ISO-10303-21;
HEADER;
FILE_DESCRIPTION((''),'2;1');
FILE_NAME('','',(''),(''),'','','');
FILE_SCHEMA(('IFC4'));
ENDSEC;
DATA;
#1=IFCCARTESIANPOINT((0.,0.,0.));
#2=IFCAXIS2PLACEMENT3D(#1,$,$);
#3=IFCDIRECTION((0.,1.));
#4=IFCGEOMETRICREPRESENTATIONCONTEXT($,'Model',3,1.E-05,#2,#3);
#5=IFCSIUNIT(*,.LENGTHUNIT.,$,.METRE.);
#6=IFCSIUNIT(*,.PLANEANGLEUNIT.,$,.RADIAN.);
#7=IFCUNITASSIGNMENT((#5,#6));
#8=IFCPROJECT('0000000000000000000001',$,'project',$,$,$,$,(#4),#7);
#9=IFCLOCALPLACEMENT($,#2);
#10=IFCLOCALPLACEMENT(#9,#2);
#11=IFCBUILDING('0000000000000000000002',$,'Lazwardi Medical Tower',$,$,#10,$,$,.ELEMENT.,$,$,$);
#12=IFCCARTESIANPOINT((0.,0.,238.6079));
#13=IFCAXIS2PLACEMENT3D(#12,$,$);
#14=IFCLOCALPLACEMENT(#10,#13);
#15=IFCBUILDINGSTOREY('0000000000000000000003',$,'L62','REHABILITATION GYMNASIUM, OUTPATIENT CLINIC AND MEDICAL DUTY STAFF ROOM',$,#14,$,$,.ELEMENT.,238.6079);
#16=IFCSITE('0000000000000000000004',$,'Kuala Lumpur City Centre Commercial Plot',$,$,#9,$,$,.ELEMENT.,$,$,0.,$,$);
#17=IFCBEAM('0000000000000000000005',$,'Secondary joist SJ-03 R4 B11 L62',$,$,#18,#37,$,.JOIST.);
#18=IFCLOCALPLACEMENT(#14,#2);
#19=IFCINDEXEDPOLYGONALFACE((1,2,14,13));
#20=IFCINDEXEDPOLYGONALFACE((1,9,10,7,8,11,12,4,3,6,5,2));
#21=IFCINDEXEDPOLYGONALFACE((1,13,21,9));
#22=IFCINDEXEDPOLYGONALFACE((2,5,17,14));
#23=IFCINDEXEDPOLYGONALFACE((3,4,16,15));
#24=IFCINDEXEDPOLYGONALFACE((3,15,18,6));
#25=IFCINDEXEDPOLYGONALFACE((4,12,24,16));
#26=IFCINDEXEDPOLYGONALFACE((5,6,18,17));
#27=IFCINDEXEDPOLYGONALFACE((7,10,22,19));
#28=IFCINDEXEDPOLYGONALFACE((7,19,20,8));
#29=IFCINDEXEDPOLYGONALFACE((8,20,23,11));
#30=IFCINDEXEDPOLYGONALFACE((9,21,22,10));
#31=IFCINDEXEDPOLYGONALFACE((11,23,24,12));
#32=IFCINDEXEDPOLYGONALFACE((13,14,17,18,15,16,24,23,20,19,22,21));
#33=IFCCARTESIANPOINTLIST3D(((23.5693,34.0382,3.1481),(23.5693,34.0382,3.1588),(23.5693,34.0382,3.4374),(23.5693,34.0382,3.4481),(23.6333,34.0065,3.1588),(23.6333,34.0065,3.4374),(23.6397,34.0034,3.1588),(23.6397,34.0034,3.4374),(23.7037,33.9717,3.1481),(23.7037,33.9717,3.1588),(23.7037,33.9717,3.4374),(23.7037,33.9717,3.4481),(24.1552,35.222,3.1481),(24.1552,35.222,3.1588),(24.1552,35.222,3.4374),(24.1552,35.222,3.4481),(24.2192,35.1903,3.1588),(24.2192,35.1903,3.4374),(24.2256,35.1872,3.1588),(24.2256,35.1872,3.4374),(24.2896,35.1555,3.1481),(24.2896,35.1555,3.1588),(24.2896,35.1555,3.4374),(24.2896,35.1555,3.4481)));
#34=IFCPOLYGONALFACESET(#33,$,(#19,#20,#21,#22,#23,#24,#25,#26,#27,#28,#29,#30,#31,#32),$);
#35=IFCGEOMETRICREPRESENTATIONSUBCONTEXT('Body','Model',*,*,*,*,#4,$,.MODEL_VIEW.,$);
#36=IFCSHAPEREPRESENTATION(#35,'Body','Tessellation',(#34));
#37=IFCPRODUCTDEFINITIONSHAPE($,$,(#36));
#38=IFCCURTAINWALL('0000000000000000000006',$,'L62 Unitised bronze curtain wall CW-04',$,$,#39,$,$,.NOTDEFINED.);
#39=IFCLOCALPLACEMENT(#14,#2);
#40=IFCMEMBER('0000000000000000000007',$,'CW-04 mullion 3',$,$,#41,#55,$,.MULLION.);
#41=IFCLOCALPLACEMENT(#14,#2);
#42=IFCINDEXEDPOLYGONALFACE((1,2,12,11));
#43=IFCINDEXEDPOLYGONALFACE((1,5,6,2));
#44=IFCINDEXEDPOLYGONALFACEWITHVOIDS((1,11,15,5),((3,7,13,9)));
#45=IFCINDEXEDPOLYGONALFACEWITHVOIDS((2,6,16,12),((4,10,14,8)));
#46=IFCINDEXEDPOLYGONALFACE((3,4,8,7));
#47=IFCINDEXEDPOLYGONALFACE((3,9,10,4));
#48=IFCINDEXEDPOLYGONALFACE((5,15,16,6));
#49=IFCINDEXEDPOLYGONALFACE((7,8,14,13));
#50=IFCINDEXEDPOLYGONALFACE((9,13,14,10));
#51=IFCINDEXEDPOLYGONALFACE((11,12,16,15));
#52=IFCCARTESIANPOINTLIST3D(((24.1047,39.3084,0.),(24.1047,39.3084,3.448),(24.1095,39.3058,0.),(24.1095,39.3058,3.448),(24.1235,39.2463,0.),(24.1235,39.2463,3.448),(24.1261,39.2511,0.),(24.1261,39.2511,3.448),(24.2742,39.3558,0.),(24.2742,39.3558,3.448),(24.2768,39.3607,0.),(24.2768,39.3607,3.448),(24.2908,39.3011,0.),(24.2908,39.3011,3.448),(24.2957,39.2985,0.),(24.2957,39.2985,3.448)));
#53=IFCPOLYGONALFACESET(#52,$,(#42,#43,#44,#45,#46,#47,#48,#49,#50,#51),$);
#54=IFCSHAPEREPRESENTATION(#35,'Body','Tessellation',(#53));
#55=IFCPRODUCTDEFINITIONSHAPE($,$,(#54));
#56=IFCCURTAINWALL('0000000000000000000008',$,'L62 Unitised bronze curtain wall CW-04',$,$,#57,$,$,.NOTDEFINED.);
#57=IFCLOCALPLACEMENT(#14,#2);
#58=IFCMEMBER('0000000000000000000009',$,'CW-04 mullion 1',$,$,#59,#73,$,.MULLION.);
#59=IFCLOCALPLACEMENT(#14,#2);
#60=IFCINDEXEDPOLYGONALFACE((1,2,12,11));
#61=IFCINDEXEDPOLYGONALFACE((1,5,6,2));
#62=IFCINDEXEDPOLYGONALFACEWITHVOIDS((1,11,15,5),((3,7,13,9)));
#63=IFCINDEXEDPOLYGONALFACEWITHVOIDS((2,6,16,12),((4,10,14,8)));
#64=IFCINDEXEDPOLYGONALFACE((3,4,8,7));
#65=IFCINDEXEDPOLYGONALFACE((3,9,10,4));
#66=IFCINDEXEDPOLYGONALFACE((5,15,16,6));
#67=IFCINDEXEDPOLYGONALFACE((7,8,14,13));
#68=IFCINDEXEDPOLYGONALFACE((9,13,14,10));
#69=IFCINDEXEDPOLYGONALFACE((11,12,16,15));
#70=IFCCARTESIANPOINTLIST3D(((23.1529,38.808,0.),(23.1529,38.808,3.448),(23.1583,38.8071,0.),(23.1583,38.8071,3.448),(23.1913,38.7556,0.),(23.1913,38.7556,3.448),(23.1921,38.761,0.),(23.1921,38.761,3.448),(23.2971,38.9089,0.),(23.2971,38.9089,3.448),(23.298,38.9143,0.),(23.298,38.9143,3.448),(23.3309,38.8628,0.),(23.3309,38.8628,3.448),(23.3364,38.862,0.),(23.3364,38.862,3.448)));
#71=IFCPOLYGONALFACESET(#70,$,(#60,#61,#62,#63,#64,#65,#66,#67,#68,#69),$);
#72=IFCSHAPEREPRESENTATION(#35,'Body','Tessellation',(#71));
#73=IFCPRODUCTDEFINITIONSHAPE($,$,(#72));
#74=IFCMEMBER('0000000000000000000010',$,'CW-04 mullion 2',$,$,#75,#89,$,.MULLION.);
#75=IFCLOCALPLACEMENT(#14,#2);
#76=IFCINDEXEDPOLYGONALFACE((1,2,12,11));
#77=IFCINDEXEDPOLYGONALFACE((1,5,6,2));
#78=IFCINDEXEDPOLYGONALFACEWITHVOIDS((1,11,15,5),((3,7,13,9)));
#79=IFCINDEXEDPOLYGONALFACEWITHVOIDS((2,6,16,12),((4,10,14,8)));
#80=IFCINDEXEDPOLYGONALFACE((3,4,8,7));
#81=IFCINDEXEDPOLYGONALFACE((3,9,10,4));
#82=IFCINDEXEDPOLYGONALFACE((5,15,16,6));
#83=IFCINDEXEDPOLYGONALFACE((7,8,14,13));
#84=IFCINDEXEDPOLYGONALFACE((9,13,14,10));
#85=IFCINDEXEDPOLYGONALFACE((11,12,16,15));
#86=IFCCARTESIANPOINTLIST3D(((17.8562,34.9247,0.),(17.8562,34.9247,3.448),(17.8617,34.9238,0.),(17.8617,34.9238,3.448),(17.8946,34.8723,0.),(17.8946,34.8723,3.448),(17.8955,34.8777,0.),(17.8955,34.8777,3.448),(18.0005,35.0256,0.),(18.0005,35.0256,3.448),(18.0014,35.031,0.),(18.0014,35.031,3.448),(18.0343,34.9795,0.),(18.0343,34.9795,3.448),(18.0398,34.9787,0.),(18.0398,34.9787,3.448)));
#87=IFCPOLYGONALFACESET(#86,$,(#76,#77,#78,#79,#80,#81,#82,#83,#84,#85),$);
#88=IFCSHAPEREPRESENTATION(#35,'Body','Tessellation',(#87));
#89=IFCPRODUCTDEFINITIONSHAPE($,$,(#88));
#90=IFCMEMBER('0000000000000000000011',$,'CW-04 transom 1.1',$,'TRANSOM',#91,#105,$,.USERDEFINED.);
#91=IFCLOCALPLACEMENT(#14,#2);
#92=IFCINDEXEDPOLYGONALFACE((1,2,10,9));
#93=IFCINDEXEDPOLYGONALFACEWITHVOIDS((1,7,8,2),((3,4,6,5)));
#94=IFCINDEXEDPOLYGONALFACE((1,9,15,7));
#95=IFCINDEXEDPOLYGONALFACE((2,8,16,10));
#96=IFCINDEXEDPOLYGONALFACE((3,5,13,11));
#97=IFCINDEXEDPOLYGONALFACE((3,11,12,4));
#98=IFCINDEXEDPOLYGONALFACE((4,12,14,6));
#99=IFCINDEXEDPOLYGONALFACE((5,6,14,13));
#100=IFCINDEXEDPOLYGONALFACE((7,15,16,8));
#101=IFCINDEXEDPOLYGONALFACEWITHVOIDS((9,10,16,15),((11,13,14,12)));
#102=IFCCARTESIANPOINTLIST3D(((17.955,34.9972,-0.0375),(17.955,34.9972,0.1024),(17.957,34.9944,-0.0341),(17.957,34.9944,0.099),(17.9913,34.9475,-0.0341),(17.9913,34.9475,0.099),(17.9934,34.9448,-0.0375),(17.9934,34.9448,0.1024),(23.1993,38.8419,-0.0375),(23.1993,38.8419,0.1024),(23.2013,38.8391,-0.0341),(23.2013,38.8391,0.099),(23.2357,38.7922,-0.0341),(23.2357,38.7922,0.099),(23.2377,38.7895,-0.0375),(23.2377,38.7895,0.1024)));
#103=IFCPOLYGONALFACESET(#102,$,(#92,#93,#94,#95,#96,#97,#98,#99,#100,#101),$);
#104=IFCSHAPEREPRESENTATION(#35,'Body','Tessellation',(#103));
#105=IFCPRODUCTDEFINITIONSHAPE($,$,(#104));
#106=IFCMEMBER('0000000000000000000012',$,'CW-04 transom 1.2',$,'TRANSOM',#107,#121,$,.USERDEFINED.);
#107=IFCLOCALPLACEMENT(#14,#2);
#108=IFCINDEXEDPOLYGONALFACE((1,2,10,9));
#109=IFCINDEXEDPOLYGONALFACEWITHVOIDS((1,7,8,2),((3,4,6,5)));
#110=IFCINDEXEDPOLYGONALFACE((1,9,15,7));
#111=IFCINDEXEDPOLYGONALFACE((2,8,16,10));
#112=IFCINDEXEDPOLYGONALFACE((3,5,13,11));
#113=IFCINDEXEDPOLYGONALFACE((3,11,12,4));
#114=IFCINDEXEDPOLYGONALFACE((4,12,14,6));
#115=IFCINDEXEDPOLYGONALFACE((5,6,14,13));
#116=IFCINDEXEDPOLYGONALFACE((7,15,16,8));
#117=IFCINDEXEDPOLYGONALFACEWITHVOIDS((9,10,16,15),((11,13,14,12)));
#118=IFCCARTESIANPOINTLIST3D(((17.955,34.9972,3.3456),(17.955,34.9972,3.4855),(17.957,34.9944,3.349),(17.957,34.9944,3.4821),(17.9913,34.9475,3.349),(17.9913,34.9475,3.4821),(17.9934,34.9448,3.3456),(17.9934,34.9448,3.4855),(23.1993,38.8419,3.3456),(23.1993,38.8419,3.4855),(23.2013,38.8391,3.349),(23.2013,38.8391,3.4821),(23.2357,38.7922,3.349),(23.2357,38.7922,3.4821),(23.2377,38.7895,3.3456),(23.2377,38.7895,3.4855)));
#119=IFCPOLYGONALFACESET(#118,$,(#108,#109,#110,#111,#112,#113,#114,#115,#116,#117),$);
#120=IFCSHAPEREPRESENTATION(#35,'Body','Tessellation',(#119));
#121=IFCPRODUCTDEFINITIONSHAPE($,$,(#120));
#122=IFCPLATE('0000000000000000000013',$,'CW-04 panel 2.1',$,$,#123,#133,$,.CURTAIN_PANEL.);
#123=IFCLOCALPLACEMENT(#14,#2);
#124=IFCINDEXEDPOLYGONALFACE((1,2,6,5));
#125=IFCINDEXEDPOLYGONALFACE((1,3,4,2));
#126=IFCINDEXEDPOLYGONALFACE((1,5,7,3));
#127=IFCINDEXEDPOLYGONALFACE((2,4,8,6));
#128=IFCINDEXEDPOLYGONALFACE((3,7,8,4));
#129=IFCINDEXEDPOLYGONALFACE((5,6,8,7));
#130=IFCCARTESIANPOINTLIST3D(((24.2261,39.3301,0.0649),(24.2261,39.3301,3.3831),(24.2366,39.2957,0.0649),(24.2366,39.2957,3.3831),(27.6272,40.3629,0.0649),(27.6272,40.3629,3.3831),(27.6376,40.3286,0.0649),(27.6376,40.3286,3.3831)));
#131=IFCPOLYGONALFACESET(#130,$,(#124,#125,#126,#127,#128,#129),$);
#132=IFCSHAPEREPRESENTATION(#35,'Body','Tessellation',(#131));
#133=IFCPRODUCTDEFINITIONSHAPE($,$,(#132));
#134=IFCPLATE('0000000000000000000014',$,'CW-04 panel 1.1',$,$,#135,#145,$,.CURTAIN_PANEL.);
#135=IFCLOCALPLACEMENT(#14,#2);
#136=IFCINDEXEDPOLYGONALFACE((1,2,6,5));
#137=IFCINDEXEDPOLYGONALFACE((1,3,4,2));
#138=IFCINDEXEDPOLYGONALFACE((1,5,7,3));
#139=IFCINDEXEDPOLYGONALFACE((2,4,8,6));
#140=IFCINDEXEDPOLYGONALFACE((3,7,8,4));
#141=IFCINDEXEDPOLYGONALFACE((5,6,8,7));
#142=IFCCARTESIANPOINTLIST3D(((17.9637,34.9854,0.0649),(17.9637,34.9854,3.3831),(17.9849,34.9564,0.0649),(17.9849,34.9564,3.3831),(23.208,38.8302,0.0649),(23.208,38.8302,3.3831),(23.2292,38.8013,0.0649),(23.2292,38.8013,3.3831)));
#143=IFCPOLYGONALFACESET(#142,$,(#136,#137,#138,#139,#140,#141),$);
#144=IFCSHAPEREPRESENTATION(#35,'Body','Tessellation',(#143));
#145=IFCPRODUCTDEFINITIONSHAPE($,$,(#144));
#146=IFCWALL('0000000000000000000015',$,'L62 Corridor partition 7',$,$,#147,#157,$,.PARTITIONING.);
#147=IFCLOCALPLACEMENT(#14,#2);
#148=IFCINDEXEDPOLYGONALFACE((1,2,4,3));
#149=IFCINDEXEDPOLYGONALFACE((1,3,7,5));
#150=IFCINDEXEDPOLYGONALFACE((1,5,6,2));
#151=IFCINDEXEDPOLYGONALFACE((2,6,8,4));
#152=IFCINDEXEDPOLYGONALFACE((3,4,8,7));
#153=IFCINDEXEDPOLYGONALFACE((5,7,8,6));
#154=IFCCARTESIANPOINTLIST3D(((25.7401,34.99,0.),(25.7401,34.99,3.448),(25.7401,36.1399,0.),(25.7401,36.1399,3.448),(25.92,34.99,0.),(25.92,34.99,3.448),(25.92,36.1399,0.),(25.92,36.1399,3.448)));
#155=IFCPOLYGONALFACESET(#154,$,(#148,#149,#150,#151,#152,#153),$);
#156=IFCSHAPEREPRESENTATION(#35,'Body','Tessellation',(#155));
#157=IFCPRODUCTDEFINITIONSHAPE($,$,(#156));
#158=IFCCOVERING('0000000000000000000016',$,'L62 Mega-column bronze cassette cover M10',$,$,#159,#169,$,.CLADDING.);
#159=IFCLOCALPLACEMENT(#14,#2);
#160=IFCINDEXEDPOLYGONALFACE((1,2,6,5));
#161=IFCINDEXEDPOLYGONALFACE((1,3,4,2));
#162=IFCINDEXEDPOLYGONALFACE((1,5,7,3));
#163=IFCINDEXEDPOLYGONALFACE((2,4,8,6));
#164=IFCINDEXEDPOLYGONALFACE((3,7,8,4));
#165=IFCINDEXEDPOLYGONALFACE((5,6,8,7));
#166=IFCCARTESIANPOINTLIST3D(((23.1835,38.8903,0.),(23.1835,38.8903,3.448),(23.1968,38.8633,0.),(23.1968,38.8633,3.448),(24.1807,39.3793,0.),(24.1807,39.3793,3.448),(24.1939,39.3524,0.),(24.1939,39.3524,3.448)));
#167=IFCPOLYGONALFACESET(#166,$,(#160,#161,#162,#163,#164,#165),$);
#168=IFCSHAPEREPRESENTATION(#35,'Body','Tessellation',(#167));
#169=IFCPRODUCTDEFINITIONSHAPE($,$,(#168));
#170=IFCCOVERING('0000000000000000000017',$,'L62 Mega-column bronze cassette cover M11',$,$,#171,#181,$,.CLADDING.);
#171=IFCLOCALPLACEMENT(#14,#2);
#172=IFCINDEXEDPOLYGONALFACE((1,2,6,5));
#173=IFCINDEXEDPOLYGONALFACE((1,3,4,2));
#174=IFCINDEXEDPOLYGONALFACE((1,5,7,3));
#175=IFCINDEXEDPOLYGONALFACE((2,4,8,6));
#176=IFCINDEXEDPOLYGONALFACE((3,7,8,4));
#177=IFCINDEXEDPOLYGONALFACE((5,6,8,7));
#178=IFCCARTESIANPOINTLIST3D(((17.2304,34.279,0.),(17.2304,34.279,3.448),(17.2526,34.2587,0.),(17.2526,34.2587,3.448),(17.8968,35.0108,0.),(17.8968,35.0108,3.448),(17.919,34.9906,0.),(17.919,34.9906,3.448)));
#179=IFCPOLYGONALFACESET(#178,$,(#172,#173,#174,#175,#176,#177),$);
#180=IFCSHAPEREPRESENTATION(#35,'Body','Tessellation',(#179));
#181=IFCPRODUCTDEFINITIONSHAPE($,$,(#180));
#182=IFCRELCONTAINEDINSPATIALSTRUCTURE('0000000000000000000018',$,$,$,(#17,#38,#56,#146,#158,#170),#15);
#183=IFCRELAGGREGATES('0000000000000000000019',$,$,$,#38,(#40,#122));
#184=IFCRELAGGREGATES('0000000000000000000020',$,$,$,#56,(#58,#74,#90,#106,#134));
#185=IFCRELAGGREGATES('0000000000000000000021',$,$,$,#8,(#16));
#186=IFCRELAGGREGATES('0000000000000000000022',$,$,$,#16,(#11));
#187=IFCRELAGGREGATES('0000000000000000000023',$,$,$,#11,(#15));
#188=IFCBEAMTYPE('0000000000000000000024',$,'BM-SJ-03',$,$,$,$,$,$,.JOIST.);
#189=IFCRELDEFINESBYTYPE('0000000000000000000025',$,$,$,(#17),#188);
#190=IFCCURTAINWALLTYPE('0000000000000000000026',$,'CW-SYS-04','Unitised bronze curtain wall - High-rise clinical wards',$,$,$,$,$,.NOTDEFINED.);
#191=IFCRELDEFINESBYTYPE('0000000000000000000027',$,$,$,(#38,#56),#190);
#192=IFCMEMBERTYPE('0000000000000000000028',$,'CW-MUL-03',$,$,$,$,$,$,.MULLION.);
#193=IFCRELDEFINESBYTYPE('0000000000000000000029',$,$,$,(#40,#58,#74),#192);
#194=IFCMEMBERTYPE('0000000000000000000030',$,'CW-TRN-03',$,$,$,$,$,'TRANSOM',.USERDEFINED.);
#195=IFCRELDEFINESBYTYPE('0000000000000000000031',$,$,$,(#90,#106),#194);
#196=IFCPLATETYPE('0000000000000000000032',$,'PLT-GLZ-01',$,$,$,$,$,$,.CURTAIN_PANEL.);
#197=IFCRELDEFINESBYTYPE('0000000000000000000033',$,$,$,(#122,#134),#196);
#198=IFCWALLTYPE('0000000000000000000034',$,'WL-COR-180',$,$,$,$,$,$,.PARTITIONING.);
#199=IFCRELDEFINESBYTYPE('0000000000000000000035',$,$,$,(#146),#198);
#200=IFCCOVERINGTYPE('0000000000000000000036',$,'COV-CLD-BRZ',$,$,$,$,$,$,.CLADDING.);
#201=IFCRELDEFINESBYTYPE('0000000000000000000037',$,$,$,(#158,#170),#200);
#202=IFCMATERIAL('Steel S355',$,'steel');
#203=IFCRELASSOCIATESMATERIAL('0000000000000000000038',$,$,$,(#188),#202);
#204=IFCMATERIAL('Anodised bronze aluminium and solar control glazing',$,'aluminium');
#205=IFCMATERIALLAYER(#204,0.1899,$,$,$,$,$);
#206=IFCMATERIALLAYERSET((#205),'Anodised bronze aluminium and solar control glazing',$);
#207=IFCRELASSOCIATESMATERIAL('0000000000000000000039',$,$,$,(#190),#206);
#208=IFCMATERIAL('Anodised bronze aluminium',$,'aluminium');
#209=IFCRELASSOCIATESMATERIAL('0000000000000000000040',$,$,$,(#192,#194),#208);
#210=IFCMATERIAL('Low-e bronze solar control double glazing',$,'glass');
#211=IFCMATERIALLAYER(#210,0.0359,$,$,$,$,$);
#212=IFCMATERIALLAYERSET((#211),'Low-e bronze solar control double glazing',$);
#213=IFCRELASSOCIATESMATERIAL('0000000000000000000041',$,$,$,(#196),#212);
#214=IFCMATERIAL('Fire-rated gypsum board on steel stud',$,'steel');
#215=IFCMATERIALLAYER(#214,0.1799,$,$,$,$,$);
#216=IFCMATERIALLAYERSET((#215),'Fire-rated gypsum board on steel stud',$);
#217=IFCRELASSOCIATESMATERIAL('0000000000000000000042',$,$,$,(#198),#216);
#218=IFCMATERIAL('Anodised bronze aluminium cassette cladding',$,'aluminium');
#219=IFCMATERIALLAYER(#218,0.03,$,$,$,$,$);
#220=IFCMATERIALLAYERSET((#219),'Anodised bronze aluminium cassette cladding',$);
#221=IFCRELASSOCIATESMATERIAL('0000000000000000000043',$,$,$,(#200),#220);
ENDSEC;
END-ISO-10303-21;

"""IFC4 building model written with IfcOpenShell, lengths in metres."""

from ifc_helpers import new_model, si_unit, direction, frame, frame_2d, origin, origin_2d, place, context, subcontext, project, spatial, rectangle, hollow_rectangle, i_section, extrude, material, layer, layer_set, material_profile, profile_set, type_object, element, aggregate, save


model = new_model("IFC4")

# Units and contexts
model_context = context("Model", 3, precision=1e-05, world=origin(), true_north=direction((0.0, 1.0)))
body_context = subcontext(model_context, "Body", "Model", "MODEL_VIEW")
ifc_project = project(units=[si_unit("LENGTHUNIT", "METRE"), si_unit("PLANEANGLEUNIT", "RADIAN")], contexts=[model_context])

# Site, building, storey
site_placement = place(None, origin())
site = spatial("IfcSite", under=ifc_project, at=site_placement, Name="Kuala Lumpur City Centre Commercial Plot", CompositionType="ELEMENT", RefElevation=0.0)
building_placement = place(site_placement, origin())
building = spatial("IfcBuilding", under=site, at=building_placement, Name="Lazwardi Medical Tower", CompositionType="ELEMENT")
storey_placement = place(building_placement, frame((0.0, 0.0, 238.6079)))
storey = spatial("IfcBuildingStorey", under=building, at=storey_placement, Name="L62", Description="REHABILITATION GYMNASIUM, OUTPATIENT CLINIC AND MEDICAL DUTY STAFF ROOM", CompositionType="ELEMENT", Elevation=238.6079)

# Beam
ifc_material_1 = material(Name="Steel S355", Category="steel")
ifc_material_profile_1 = material_profile(ifc_material_1, i_section(OverallWidth=0.1499, OverallDepth=0.3, WebThickness=0.0071, FlangeThickness=0.0107, at=origin_2d()), Name="IPE 300")
ifc_profile_set_1 = profile_set([ifc_material_profile_1], Name="Steel S355")
beam_type_1 = type_object("IfcBeamType", Name="BM-SJ-03", PredefinedType="JOIST", material=ifc_profile_set_1)
beam_1_placement = place(storey_placement, frame((24.2224, 35.1887, 3.2981), z_axis=(-0.443587, -0.896231, 0.0), x_axis=(0.896231, -0.443587, 0.0)))
element("IfcBeam", 1, at=beam_1_placement, inside=storey, type_object=beam_type_1, Name="Secondary joist SJ-03 R4 B11 L62", PredefinedType="JOIST", context=body_context, shape_type="SweptSolid", body=[
    extrude(i_section(OverallWidth=0.1499, OverallDepth=0.3, WebThickness=0.0071, FlangeThickness=0.0107, at=origin_2d()), origin(), (0.0, 0.0, 1.0), 1.3208),
])

# Curtain wall, member
ifc_material_2 = material(Name="Anodised bronze aluminium and solar control glazing", Category="aluminium")
ifc_layer_1 = layer(ifc_material_2, 0.1899)
ifc_layer_set_1 = layer_set([ifc_layer_1], Name="Anodised bronze aluminium and solar control glazing")
curtain_wall_type = type_object("IfcCurtainWallType", Name="CW-SYS-04", Description="Unitised bronze curtain wall - High-rise clinical wards", PredefinedType="NOTDEFINED", material=ifc_layer_set_1)
curtain_wall_1_placement = place(storey_placement, origin())
curtain_wall_1 = element("IfcCurtainWall", 2, at=curtain_wall_1_placement, inside=storey, type_object=curtain_wall_type, Name="L62 Unitised bronze curtain wall CW-04", PredefinedType="NOTDEFINED")
ifc_material_3 = material(Name="Anodised bronze aluminium", Category="aluminium")
ifc_material_profile_2 = material_profile(ifc_material_3, hollow_rectangle(XDim=0.0649, YDim=0.1799, WallThickness=0.0039, at=origin_2d()), Name="ALU-MULLION 180x65x4")
ifc_profile_set_2 = profile_set([ifc_material_profile_2], Name="Anodised bronze aluminium")
member_type_1 = type_object("IfcMemberType", Name="CW-MUL-03", PredefinedType="MULLION", material=ifc_profile_set_2)
member_1_placement = place(storey_placement, frame((24.2002, 39.3035, 0.0), z_axis=(0.0, 0.0, 1.0), x_axis=(0.290582, -0.95685, 0.0)))
member_1 = element("IfcMember", 3, at=member_1_placement, type_object=member_type_1, Name="CW-04 mullion 3", PredefinedType="MULLION", context=body_context, shape_type="SweptSolid", body=[
    extrude(hollow_rectangle(XDim=0.0649, YDim=0.1799, WallThickness=0.0039, at=origin_2d()), origin(), (0.0, 0.0, 1.0), 3.448),
])

# Curtain wall, members
curtain_wall_2_placement = place(storey_placement, origin())
curtain_wall_2 = element("IfcCurtainWall", 4, at=curtain_wall_2_placement, inside=storey, type_object=curtain_wall_type, Name="L62 Unitised bronze curtain wall CW-04", PredefinedType="NOTDEFINED")
member_2_placement = place(storey_placement, frame((23.2446, 38.835, 0.0), z_axis=(0.0, 0.0, 1.0), x_axis=(0.591268, -0.806475, 0.0)))
member_2 = element("IfcMember", 5, at=member_2_placement, type_object=member_type_1, Name="CW-04 mullion 1", PredefinedType="MULLION", context=body_context, shape_type="SweptSolid", body=[
    extrude(hollow_rectangle(XDim=0.0649, YDim=0.1799, WallThickness=0.0039, at=origin_2d()), origin(), (0.0, 0.0, 1.0), 3.448),
])
member_3_placement = place(storey_placement, frame((17.948, 34.9517, 0.0), z_axis=(0.0, 0.0, 1.0), x_axis=(0.591268, -0.806475, 0.0)))
member_3 = element("IfcMember", 6, at=member_3_placement, type_object=member_type_1, Name="CW-04 mullion 2", PredefinedType="MULLION", context=body_context, shape_type="SweptSolid", body=[
    extrude(hollow_rectangle(XDim=0.0649, YDim=0.1799, WallThickness=0.0039, at=origin_2d()), origin(), (0.0, 0.0, 1.0), 3.448),
])
ifc_material_profile_3 = material_profile(ifc_material_3, hollow_rectangle(XDim=0.0649, YDim=0.1399, WallThickness=0.0034, at=origin_2d()), Name="ALU-TRANSOM 140x65x3.5")
ifc_profile_set_3 = profile_set([ifc_material_profile_3], Name="Anodised bronze aluminium")
member_type_2 = type_object("IfcMemberType", Name="CW-TRN-03", ElementType="TRANSOM", PredefinedType="USERDEFINED", material=ifc_profile_set_3)
member_4_placement = place(storey_placement, frame((23.2185, 38.8157, 0.0325), z_axis=(-0.80649, -0.591248, 0.0), x_axis=(0.591248, -0.80649, 0.0)))
member_4 = element("IfcMember", 7, at=member_4_placement, type_object=member_type_2, Name="CW-04 transom 1.1", ObjectType="TRANSOM", PredefinedType="USERDEFINED", context=body_context, shape_type="SweptSolid", body=[
    extrude(hollow_rectangle(XDim=0.0649, YDim=0.1399, WallThickness=0.0034, at=origin_2d()), origin(), (0.0, 0.0, 1.0), 6.5027),
])
member_5_placement = place(storey_placement, frame((23.2185, 38.8157, 3.4155), z_axis=(-0.80649, -0.591248, 0.0), x_axis=(0.591248, -0.80649, 0.0)))
member_5 = element("IfcMember", 8, at=member_5_placement, type_object=member_type_2, Name="CW-04 transom 1.2", ObjectType="TRANSOM", PredefinedType="USERDEFINED", context=body_context, shape_type="SweptSolid", body=[
    extrude(hollow_rectangle(XDim=0.0649, YDim=0.1399, WallThickness=0.0034, at=origin_2d()), origin(), (0.0, 0.0, 1.0), 6.5027),
])

# Plates
ifc_material_4 = material(Name="Low-e bronze solar control double glazing", Category="glass")
ifc_layer_2 = layer(ifc_material_4, 0.0359)
ifc_layer_set_2 = layer_set([ifc_layer_2], Name="Low-e bronze solar control double glazing")
plate_type = type_object("IfcPlateType", Name="PLT-GLZ-01", PredefinedType="CURTAIN_PANEL", material=ifc_layer_set_2)
plate_1_placement = place(storey_placement, frame((25.9319, 39.8293, 0.0649), z_axis=(0.0, 0.0, 1.0), x_axis=(-0.95685, -0.290582, 0.0)))
plate_1 = element("IfcPlate", 9, at=plate_1_placement, type_object=plate_type, Name="CW-04 panel 2.1", PredefinedType="CURTAIN_PANEL", context=body_context, shape_type="SweptSolid", body=[
    extrude(rectangle(XDim=3.5544, YDim=0.0359, at=origin_2d()), origin(), (0.0, 0.0, 1.0), 3.3181),
])
aggregate(curtain_wall_1, [member_1, plate_1])
plate_2_placement = place(storey_placement, frame((20.5964, 36.8933, 0.0649), z_axis=(0.0, 0.0, 1.0), x_axis=(-0.806475, -0.591268, 0.0)))
plate_2 = element("IfcPlate", 10, at=plate_2_placement, type_object=plate_type, Name="CW-04 panel 1.1", PredefinedType="CURTAIN_PANEL", context=body_context, shape_type="SweptSolid", body=[
    extrude(rectangle(XDim=6.5027, YDim=0.0359, at=origin_2d()), origin(), (0.0, 0.0, 1.0), 3.3181),
])
aggregate(curtain_wall_2, [member_2, member_3, member_4, member_5, plate_2])

# Shared definitions
ifc_material_5 = material(Name="Fire-rated gypsum board on steel stud", Category="steel")
ifc_layer_3 = layer(ifc_material_5, 0.1799)
ifc_layer_set_3 = layer_set([ifc_layer_3], Name="Fire-rated gypsum board on steel stud")
wall_type = type_object("IfcWallType", Name="WL-COR-180", PredefinedType="PARTITIONING", material=ifc_layer_set_3)

# Wall
wall_1_placement = place(storey_placement, frame((25.8301, 36.1399, 0.0), z_axis=(0.0, 0.0, 1.0), x_axis=(0.0, -1.0, 0.0)))
element("IfcWall", 11, at=wall_1_placement, inside=storey, type_object=wall_type, Name="L62 Corridor partition 7", PredefinedType="PARTITIONING", context=body_context, shape_type="SweptSolid", body=[
    extrude(rectangle(XDim=1.1499, YDim=0.1799, at=frame_2d((0.575, 0.0))), origin(), (0.0, 0.0, 1.0), 3.448),
])

# Coverings
ifc_material_6 = material(Name="Anodised bronze aluminium cassette cladding", Category="aluminium")
ifc_layer_4 = layer(ifc_material_6, 0.03)
ifc_layer_set_4 = layer_set([ifc_layer_4], Name="Anodised bronze aluminium cassette cladding")
covering_type = type_object("IfcCoveringType", Name="COV-CLD-BRZ", PredefinedType="CLADDING", material=ifc_layer_set_4)
covering_1_placement = place(storey_placement, frame((23.6887, 39.1213, 0.0), z_axis=(0.0, 0.0, 1.0), x_axis=(-0.89784, -0.440322, 0.0)))
element("IfcCovering", 12, at=covering_1_placement, inside=storey, type_object=covering_type, Name="L62 Mega-column bronze cassette cover M10", PredefinedType="CLADDING", context=body_context, shape_type="SweptSolid", body=[
    extrude(rectangle(XDim=1.1106, YDim=0.03, at=origin_2d()), origin(), (0.0, 0.0, 1.0), 3.448),
])
covering_2_placement = place(storey_placement, frame((17.5747, 34.6348, 0.0), z_axis=(0.0, 0.0, 1.0), x_axis=(-0.673241, -0.739423, 0.0)))
element("IfcCovering", 13, at=covering_2_placement, inside=storey, type_object=covering_type, Name="L62 Mega-column bronze cassette cover M11", PredefinedType="CLADDING", context=body_context, shape_type="SweptSolid", body=[
    extrude(rectangle(XDim=0.9897, YDim=0.03, at=origin_2d()), origin(), (0.0, 0.0, 1.0), 3.448),
])

save(model, "model.ifc")
